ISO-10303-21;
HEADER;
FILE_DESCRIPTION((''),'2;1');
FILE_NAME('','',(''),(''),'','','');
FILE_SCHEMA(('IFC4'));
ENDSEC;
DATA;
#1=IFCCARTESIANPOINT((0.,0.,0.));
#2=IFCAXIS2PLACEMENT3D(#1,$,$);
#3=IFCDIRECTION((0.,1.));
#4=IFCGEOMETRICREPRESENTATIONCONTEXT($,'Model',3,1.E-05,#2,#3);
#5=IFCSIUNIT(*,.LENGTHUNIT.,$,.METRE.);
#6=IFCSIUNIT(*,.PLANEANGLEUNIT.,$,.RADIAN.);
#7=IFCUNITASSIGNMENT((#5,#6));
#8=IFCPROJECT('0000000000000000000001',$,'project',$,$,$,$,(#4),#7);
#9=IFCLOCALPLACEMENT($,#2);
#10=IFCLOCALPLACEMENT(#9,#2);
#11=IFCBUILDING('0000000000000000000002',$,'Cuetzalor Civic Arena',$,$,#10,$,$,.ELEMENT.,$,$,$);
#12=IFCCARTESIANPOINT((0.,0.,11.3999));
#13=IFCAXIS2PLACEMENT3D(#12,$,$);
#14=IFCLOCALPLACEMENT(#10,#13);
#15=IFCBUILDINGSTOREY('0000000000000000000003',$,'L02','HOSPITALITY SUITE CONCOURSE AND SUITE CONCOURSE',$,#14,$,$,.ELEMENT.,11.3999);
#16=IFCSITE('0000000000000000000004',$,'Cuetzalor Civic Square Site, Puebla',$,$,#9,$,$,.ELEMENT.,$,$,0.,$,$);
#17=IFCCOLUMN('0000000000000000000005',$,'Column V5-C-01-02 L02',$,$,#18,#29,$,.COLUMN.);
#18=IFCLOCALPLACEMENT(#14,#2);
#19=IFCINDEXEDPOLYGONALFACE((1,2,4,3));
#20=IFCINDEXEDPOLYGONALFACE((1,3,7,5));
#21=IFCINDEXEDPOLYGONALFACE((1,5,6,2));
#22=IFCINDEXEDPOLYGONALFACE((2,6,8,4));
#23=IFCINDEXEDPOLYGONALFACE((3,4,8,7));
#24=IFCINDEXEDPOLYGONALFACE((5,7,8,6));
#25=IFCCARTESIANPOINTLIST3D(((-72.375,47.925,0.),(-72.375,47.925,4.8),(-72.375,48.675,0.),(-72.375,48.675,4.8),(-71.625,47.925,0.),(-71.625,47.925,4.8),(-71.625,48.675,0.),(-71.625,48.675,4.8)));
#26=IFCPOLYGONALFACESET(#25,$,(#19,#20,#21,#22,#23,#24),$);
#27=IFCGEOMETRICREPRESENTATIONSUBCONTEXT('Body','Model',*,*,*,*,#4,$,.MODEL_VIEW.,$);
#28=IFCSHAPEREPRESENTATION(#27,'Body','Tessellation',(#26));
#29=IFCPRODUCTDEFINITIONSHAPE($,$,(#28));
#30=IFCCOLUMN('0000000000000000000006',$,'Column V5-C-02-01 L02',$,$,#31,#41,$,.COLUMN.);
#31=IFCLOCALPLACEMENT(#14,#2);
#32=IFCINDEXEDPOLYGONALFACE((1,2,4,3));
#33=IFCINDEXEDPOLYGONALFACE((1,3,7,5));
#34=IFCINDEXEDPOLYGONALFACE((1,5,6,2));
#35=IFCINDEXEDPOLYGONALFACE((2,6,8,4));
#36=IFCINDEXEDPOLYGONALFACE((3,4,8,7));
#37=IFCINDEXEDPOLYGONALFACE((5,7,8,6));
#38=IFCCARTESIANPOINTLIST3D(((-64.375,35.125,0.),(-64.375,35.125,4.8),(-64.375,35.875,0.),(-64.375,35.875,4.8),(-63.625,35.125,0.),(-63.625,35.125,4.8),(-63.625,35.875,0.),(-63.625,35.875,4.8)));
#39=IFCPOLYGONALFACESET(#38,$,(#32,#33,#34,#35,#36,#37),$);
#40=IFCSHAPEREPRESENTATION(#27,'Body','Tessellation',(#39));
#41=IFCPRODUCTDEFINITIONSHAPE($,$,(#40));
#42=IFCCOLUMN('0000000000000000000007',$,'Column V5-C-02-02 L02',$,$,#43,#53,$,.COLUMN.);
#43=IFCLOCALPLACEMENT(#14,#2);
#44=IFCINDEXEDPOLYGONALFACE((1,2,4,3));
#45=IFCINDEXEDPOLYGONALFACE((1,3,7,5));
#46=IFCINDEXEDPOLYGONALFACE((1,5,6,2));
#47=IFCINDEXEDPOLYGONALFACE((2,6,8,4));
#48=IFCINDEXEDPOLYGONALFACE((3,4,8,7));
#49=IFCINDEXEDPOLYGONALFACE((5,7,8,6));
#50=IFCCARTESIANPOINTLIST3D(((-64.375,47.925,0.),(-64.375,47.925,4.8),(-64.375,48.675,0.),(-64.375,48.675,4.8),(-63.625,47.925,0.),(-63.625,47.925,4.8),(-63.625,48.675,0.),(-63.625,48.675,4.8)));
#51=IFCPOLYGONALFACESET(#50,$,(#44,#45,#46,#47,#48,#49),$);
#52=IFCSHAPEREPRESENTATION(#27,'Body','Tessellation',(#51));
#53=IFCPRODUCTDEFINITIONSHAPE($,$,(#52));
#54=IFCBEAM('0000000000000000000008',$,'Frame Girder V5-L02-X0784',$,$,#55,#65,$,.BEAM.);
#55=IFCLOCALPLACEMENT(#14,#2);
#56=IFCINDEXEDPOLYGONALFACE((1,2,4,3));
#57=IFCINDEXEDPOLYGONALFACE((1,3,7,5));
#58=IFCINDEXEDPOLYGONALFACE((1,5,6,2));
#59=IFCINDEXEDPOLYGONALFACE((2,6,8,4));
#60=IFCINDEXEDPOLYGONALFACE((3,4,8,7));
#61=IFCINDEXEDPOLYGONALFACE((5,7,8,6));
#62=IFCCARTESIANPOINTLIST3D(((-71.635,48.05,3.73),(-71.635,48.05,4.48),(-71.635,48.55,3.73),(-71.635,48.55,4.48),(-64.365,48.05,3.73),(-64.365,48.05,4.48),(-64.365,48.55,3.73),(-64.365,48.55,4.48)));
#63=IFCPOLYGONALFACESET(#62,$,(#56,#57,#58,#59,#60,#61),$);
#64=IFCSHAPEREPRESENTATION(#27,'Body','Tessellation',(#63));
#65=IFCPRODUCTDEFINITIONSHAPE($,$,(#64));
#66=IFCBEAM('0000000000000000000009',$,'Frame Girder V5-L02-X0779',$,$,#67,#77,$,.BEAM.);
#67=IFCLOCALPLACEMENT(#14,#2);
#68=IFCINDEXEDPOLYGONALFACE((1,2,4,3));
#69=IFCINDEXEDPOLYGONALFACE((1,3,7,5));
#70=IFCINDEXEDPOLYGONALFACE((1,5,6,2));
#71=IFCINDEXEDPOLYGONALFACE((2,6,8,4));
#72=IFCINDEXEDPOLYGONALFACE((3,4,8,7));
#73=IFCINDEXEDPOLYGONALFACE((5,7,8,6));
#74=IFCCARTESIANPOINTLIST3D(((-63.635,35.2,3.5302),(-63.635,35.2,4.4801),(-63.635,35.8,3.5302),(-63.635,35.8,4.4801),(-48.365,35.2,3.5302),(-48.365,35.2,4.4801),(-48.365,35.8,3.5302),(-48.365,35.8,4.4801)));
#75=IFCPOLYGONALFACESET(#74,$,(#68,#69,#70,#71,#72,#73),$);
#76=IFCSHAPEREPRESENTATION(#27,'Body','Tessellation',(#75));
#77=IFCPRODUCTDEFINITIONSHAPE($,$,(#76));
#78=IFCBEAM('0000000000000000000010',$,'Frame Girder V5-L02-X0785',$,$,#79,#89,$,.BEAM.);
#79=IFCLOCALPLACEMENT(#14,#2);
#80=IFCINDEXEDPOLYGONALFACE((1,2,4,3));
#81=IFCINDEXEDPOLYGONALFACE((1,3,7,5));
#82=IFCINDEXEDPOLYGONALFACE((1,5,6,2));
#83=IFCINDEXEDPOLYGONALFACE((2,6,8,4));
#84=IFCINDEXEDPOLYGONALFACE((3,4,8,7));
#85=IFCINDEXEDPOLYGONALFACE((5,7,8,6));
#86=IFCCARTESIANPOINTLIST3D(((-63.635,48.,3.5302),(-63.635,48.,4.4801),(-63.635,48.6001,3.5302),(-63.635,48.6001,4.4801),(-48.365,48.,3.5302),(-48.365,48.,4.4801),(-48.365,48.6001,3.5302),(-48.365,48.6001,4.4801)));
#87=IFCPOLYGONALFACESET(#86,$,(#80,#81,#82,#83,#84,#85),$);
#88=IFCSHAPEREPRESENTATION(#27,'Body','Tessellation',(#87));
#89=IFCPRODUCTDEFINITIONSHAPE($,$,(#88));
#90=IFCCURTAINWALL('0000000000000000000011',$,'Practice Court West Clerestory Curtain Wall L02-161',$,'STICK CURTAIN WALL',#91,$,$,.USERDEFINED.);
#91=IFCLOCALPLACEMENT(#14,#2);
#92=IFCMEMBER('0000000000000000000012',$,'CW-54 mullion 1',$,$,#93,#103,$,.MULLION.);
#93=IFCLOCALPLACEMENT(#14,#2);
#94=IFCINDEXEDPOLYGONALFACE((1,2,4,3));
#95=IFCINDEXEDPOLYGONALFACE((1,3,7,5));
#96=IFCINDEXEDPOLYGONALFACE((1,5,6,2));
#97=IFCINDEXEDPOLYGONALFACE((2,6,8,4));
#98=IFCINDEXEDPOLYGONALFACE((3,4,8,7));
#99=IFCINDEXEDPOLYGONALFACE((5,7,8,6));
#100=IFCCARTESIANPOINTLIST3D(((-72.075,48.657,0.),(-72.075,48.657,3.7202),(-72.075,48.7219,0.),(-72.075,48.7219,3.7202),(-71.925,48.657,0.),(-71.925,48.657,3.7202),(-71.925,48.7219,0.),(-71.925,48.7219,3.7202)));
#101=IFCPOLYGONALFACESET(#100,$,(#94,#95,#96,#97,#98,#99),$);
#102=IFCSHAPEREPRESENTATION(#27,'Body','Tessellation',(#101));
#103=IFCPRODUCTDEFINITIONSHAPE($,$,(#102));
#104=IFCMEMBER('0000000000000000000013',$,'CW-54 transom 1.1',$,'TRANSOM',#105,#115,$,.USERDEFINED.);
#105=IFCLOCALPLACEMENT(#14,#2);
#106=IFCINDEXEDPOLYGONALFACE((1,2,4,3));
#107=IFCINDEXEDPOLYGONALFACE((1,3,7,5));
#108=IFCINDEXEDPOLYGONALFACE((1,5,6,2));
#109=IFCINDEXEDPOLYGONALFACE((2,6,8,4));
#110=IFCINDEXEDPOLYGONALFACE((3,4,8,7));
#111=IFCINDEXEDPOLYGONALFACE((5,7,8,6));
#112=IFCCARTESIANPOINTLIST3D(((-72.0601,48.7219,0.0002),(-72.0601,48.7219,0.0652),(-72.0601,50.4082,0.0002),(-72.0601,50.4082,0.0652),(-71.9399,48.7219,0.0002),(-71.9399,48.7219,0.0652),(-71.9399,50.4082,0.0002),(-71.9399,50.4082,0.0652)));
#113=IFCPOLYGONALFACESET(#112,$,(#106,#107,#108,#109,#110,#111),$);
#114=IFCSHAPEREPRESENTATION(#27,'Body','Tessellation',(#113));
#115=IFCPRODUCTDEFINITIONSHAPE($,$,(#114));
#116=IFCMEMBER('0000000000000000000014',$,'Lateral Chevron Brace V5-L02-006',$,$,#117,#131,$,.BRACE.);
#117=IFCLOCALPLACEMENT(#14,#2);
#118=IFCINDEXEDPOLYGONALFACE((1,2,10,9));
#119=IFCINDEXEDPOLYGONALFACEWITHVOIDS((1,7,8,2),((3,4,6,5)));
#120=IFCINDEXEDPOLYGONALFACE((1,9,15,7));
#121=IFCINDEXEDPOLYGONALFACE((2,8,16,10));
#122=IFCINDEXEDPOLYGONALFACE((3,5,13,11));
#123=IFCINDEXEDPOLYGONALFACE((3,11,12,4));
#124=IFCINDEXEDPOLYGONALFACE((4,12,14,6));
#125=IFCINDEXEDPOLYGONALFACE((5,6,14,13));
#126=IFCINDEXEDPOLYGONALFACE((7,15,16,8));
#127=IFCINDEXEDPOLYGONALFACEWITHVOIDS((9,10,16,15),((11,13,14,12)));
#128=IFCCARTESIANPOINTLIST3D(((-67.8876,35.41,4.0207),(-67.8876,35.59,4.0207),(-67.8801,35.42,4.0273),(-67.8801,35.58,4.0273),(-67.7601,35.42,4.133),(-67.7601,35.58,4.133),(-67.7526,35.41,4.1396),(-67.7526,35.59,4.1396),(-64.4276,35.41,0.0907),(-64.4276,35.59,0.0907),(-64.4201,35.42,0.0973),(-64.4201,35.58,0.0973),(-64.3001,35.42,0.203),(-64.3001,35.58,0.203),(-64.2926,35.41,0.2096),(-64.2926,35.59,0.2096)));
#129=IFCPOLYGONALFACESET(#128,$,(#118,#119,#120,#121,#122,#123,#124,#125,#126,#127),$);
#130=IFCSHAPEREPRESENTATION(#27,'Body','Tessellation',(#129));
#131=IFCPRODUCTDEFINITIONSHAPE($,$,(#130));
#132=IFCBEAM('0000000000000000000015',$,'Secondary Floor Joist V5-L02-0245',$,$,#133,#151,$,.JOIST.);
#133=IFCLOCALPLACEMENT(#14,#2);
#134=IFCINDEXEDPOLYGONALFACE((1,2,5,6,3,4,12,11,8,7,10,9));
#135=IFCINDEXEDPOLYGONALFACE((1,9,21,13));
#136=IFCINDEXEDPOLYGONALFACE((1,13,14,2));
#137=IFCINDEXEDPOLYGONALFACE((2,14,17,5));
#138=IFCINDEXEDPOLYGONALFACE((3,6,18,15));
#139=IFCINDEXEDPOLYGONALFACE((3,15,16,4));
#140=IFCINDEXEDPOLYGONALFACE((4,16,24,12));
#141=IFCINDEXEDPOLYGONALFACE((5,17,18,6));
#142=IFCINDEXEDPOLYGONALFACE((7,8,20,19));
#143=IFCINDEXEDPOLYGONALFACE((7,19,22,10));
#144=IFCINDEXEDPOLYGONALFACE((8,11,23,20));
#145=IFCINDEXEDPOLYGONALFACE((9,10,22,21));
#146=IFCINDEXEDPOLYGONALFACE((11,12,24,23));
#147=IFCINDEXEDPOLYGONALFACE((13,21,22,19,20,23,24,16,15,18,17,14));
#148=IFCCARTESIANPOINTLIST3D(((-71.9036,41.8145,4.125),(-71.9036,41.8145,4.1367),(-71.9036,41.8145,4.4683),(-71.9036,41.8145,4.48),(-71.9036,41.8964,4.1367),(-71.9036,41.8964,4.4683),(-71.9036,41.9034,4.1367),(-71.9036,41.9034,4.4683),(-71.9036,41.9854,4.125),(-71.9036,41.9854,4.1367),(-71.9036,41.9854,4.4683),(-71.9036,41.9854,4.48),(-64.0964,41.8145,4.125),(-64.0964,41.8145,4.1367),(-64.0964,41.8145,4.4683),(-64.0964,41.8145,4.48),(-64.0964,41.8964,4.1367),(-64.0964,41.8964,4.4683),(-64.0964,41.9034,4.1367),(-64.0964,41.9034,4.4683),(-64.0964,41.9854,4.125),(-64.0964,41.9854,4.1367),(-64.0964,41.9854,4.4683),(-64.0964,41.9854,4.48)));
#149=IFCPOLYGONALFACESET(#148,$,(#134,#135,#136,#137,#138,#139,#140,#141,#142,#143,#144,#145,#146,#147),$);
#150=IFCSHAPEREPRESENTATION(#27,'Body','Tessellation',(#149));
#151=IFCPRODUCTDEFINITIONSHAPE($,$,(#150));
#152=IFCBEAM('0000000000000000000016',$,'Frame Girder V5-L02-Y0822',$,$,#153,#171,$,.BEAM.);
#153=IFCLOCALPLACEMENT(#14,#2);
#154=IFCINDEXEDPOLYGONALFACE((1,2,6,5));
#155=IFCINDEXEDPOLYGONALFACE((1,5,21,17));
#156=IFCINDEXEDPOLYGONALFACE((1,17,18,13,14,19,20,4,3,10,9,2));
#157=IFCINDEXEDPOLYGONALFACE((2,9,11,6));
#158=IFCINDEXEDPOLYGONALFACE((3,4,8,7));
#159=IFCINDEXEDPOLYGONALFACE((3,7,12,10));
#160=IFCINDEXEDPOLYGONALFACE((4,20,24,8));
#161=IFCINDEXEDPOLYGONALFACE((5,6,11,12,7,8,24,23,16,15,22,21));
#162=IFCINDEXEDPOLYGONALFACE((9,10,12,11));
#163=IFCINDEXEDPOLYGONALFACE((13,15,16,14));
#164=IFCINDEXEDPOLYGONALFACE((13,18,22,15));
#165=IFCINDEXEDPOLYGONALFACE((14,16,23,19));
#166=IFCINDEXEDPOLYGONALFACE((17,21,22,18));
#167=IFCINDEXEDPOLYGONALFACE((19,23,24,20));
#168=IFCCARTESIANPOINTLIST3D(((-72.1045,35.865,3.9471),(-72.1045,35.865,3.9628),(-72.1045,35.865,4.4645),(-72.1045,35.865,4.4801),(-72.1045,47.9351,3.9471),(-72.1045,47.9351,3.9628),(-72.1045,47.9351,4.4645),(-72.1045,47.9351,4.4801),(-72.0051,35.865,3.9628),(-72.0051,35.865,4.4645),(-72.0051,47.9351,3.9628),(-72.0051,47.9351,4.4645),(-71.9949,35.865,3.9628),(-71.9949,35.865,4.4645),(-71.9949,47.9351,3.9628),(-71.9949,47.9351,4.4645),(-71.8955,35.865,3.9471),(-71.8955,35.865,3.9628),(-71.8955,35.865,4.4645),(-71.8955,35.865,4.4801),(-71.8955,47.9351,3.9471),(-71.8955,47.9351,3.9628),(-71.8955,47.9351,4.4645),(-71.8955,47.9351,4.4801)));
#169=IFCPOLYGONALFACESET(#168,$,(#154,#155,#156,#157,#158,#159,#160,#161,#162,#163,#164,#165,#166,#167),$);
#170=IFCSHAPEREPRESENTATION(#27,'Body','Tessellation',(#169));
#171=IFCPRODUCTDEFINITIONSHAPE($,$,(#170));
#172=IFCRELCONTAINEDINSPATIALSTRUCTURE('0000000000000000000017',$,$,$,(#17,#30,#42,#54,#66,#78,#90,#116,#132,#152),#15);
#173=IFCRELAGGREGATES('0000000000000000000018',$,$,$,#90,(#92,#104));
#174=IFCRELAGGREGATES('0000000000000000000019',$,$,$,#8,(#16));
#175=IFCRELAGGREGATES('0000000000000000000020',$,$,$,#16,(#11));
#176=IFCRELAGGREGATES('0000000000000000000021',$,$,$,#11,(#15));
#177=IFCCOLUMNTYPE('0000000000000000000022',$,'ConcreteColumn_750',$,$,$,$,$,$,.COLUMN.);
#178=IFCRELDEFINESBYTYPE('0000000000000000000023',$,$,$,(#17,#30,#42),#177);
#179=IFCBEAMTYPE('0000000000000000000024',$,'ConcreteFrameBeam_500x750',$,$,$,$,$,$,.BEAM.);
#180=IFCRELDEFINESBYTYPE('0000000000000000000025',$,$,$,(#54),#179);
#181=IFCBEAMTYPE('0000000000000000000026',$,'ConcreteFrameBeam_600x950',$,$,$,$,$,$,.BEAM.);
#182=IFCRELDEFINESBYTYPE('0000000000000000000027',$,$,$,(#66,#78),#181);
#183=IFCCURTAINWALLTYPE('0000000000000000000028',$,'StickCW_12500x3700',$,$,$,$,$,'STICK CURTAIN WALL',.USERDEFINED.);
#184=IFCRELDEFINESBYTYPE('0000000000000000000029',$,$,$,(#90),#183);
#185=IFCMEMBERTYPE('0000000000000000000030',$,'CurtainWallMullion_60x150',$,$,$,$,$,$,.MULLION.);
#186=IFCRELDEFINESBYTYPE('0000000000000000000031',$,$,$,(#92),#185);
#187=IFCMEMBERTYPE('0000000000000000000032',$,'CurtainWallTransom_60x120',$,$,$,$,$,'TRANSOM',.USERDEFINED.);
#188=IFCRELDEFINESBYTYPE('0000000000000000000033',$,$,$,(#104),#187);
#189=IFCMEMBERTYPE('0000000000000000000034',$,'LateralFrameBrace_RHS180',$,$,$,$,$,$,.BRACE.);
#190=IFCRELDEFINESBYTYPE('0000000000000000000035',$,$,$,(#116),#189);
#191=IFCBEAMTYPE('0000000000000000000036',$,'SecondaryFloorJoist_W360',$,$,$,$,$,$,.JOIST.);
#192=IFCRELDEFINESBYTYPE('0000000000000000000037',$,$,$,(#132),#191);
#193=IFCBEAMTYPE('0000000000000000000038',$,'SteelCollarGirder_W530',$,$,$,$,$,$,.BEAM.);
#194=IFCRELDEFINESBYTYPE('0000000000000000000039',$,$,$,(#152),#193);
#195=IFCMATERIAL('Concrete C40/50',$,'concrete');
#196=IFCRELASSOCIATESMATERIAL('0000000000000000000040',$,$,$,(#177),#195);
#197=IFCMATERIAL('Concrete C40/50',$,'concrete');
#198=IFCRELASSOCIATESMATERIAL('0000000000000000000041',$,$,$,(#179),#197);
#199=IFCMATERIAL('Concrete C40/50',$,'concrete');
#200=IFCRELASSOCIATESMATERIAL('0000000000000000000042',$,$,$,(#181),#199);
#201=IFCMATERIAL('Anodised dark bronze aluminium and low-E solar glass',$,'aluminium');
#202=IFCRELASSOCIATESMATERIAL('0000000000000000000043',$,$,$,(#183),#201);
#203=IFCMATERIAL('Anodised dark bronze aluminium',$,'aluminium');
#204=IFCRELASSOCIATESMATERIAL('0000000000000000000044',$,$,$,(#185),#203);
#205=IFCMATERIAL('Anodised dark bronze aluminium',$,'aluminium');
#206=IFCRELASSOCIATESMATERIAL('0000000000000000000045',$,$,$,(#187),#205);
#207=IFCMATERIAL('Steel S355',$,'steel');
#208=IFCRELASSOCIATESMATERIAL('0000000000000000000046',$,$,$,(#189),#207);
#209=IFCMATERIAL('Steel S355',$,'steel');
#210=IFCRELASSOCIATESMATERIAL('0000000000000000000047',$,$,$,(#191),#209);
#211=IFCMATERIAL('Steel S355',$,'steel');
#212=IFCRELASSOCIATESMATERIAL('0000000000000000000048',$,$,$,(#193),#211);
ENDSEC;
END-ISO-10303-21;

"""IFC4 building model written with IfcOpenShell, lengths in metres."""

from ifc_helpers import new_model, si_unit, direction, frame, origin, origin_2d, place, context, subcontext, project, spatial, rectangle, hollow_rectangle, i_section, extrude, material, material_profile, profile_set, type_object, element, aggregate, save


model = new_model("IFC4")

# Units and contexts
model_context = context("Model", 3, precision=1e-05, world=origin(), true_north=direction((0.0, 1.0)))
body_context = subcontext(model_context, "Body", "Model", "MODEL_VIEW")
ifc_project = project(units=[si_unit("LENGTHUNIT", "METRE"), si_unit("PLANEANGLEUNIT", "RADIAN")], contexts=[model_context])

# Site, building, storey
site_placement = place(None, origin())
site = spatial("IfcSite", under=ifc_project, at=site_placement, Name="Cuetzalor Civic Square Site, Puebla", CompositionType="ELEMENT", RefElevation=0.0)
building_placement = place(site_placement, origin())
building = spatial("IfcBuilding", under=site, at=building_placement, Name="Cuetzalor Civic Arena", CompositionType="ELEMENT")
storey_placement = place(building_placement, frame((0.0, 0.0, 11.3999)))
storey = spatial("IfcBuildingStorey", under=building, at=storey_placement, Name="L02", Description="HOSPITALITY SUITE CONCOURSE AND SUITE CONCOURSE", CompositionType="ELEMENT", Elevation=11.3999)

# Columns
ifc_material_1 = material(Name="Concrete C40/50", Category="concrete")
ifc_material_profile_1 = material_profile(ifc_material_1, rectangle(XDim=0.75, YDim=0.75, at=origin_2d()), Name="RC 750x750")
ifc_profile_set_1 = profile_set([ifc_material_profile_1], Name="Concrete C40/50")
column_type = type_object("IfcColumnType", Name="ConcreteColumn_750", PredefinedType="COLUMN", material=ifc_profile_set_1)
for number, where, z_axis, x_axis, name in (
    (1, (-72.0, 48.3, 0.0), (0.0, 0.0, 1.0), (1.0, 0.0, 0.0), "Column V5-C-01-02 L02"),
    (2, (-64.0, 35.5, 0.0), (0.0, 0.0, 1.0), (1.0, 0.0, 0.0), "Column V5-C-02-01 L02"),
    (3, (-64.0, 48.3, 0.0), (0.0, 0.0, 1.0), (1.0, 0.0, 0.0), "Column V5-C-02-02 L02"),
):
    element("IfcColumn", number, at=place(storey_placement, frame(where, z_axis=z_axis, x_axis=x_axis)), inside=storey, type_object=column_type, Name=name, PredefinedType="COLUMN", context=body_context, shape_type="SweptSolid", body=[
        extrude(rectangle(XDim=0.75, YDim=0.75, at=origin_2d()), origin(), (0.0, 0.0, 1.0), 4.8),
    ])

# Beams
ifc_material_2 = material(Name="Concrete C40/50", Category="concrete")
ifc_material_profile_2 = material_profile(ifc_material_2, rectangle(XDim=0.5, YDim=0.75, at=origin_2d()), Name="RC 500x750")
ifc_profile_set_2 = profile_set([ifc_material_profile_2], Name="Concrete C40/50")
beam_type_1 = type_object("IfcBeamType", Name="ConcreteFrameBeam_500x750", PredefinedType="BEAM", material=ifc_profile_set_2)
beam_1_placement = place(storey_placement, frame((-71.635, 48.3, 4.105), z_axis=(1.0, 0.0, 0.0), x_axis=(0.0, 1.0, 0.0)))
element("IfcBeam", 4, at=beam_1_placement, inside=storey, type_object=beam_type_1, Name="Frame Girder V5-L02-X0784", PredefinedType="BEAM", context=body_context, shape_type="SweptSolid", body=[
    extrude(rectangle(XDim=0.5, YDim=0.75, at=origin_2d()), origin(), (0.0, 0.0, 1.0), 7.27),
])
ifc_material_3 = material(Name="Concrete C40/50", Category="concrete")
ifc_material_profile_3 = material_profile(ifc_material_3, rectangle(XDim=0.6001, YDim=0.95, at=origin_2d()), Name="RC 600x950")
ifc_profile_set_3 = profile_set([ifc_material_profile_3], Name="Concrete C40/50")
beam_type_2 = type_object("IfcBeamType", Name="ConcreteFrameBeam_600x950", PredefinedType="BEAM", material=ifc_profile_set_3)
for number, where, z_axis, x_axis, name in (
    (5, (-63.635, 35.5, 4.0051), (1.0, 0.0, 0.0), (0.0, 1.0, 0.0), "Frame Girder V5-L02-X0779"),
    (6, (-63.635, 48.3, 4.0051), (1.0, 0.0, 0.0), (0.0, 1.0, 0.0), "Frame Girder V5-L02-X0785"),
):
    element("IfcBeam", number, at=place(storey_placement, frame(where, z_axis=z_axis, x_axis=x_axis)), inside=storey, type_object=beam_type_2, Name=name, PredefinedType="BEAM", context=body_context, shape_type="SweptSolid", body=[
        extrude(rectangle(XDim=0.6001, YDim=0.95, at=origin_2d()), origin(), (0.0, 0.0, 1.0), 15.27),
    ])

# Curtain wall, members
ifc_material_4 = material(Name="Anodised dark bronze aluminium and low-E solar glass", Category="aluminium")
curtain_wall_type = type_object("IfcCurtainWallType", Name="StickCW_12500x3700", ElementType="STICK CURTAIN WALL", PredefinedType="USERDEFINED", material=ifc_material_4)
curtain_wall_placement = place(storey_placement, origin())
curtain_wall = element("IfcCurtainWall", 7, at=curtain_wall_placement, inside=storey, type_object=curtain_wall_type, Name="Practice Court West Clerestory Curtain Wall L02-161", ObjectType="STICK CURTAIN WALL", PredefinedType="USERDEFINED")
ifc_material_5 = material(Name="Anodised dark bronze aluminium", Category="aluminium")
ifc_material_profile_4 = material_profile(ifc_material_5, rectangle(XDim=0.0649, YDim=0.1499, at=origin_2d()), Name="ALU MULLION 65x150")
ifc_profile_set_4 = profile_set([ifc_material_profile_4], Name="Anodised dark bronze aluminium")
member_type_1 = type_object("IfcMemberType", Name="CurtainWallMullion_60x150", PredefinedType="MULLION", material=ifc_profile_set_4)
member_1_placement = place(storey_placement, frame((-72.0, 48.6895, 0.0), z_axis=(0.0, 0.0, 1.0), x_axis=(0.0, 1.0, 0.0)))
member_1 = element("IfcMember", 8, at=member_1_placement, type_object=member_type_1, Name="CW-54 mullion 1", PredefinedType="MULLION", context=body_context, shape_type="SweptSolid", body=[
    extrude(rectangle(XDim=0.0649, YDim=0.1499, at=origin_2d()), origin(), (0.0, 0.0, 1.0), 3.7202),
])
ifc_material_6 = material(Name="Anodised dark bronze aluminium", Category="aluminium")
ifc_material_profile_5 = material_profile(ifc_material_6, rectangle(XDim=0.1201, YDim=0.0649, at=origin_2d()), Name="ALU TRANSOM 65x120")
ifc_profile_set_5 = profile_set([ifc_material_profile_5], Name="Anodised dark bronze aluminium")
member_type_2 = type_object("IfcMemberType", Name="CurtainWallTransom_60x120", ElementType="TRANSOM", PredefinedType="USERDEFINED", material=ifc_profile_set_5)
member_2_placement = place(storey_placement, frame((-72.0, 48.7219, 0.0327), z_axis=(0.0, 1.0, 0.0), x_axis=(-1.0, 0.0, 0.0)))
member_2 = element("IfcMember", 9, at=member_2_placement, type_object=member_type_2, Name="CW-54 transom 1.1", ObjectType="TRANSOM", PredefinedType="USERDEFINED", context=body_context, shape_type="SweptSolid", body=[
    extrude(rectangle(XDim=0.1201, YDim=0.0649, at=origin_2d()), origin(), (0.0, 0.0, 1.0), 1.6863),
])
aggregate(curtain_wall, [member_1, member_2])

# Member
ifc_material_7 = material(Name="Steel S355", Category="steel")
ifc_material_profile_6 = material_profile(ifc_material_7, hollow_rectangle(XDim=0.1799, YDim=0.1799, WallThickness=0.01, at=origin_2d()), Name="RHS 180x180x10")
ifc_profile_set_6 = profile_set([ifc_material_profile_6], Name="Steel S355")
member_type_3 = type_object("IfcMemberType", Name="LateralFrameBrace_RHS180", PredefinedType="BRACE", material=ifc_profile_set_6)
member_3_placement = place(storey_placement, frame((-64.3601, 35.5, 0.1501), z_axis=(-0.660802, 0.0, 0.75056), x_axis=(0.0, -1.0, 0.0)))
element("IfcMember", 10, at=member_3_placement, inside=storey, type_object=member_type_3, Name="Lateral Chevron Brace V5-L02-006", PredefinedType="BRACE", context=body_context, shape_type="SweptSolid", body=[
    extrude(hollow_rectangle(XDim=0.1799, YDim=0.1799, WallThickness=0.01, at=origin_2d()), origin(), (0.0, 0.0, 1.0), 5.2361),
])

# Beams
ifc_material_8 = material(Name="Steel S355", Category="steel")
ifc_material_profile_7 = material_profile(ifc_material_8, i_section(OverallWidth=0.1709, OverallDepth=0.355, WebThickness=0.0071, FlangeThickness=0.0117, at=origin_2d()), Name="W360x51")
ifc_profile_set_7 = profile_set([ifc_material_profile_7], Name="Steel S355")
beam_type_3 = type_object("IfcBeamType", Name="SecondaryFloorJoist_W360", PredefinedType="JOIST", material=ifc_profile_set_7)
beam_2_placement = place(storey_placement, frame((-71.9036, 41.8999, 4.3025), z_axis=(1.0, 0.0, 0.0), x_axis=(0.0, 1.0, 0.0)))
element("IfcBeam", 11, at=beam_2_placement, inside=storey, type_object=beam_type_3, Name="Secondary Floor Joist V5-L02-0245", PredefinedType="JOIST", context=body_context, shape_type="SweptSolid", body=[
    extrude(i_section(OverallWidth=0.1709, OverallDepth=0.355, WebThickness=0.0071, FlangeThickness=0.0117, at=origin_2d()), origin(), (0.0, 0.0, 1.0), 7.8071),
])
ifc_material_9 = material(Name="Steel S355", Category="steel")
ifc_material_profile_8 = material_profile(ifc_material_9, i_section(OverallWidth=0.209, OverallDepth=0.533, WebThickness=0.0103, FlangeThickness=0.0156, at=origin_2d()), Name="W530x92")
ifc_profile_set_8 = profile_set([ifc_material_profile_8], Name="Steel S355")
beam_type_4 = type_object("IfcBeamType", Name="SteelCollarGirder_W530", PredefinedType="BEAM", material=ifc_profile_set_8)
beam_3_placement = place(storey_placement, frame((-72.0, 35.865, 4.2136), z_axis=(0.0, 1.0, 0.0), x_axis=(-1.0, 0.0, 0.0)))
element("IfcBeam", 12, at=beam_3_placement, inside=storey, type_object=beam_type_4, Name="Frame Girder V5-L02-Y0822", PredefinedType="BEAM", context=body_context, shape_type="SweptSolid", body=[
    extrude(i_section(OverallWidth=0.209, OverallDepth=0.533, WebThickness=0.0103, FlangeThickness=0.0156, at=origin_2d()), origin(), (0.0, 0.0, 1.0), 12.0701),
])

save(model, "model.ifc")
